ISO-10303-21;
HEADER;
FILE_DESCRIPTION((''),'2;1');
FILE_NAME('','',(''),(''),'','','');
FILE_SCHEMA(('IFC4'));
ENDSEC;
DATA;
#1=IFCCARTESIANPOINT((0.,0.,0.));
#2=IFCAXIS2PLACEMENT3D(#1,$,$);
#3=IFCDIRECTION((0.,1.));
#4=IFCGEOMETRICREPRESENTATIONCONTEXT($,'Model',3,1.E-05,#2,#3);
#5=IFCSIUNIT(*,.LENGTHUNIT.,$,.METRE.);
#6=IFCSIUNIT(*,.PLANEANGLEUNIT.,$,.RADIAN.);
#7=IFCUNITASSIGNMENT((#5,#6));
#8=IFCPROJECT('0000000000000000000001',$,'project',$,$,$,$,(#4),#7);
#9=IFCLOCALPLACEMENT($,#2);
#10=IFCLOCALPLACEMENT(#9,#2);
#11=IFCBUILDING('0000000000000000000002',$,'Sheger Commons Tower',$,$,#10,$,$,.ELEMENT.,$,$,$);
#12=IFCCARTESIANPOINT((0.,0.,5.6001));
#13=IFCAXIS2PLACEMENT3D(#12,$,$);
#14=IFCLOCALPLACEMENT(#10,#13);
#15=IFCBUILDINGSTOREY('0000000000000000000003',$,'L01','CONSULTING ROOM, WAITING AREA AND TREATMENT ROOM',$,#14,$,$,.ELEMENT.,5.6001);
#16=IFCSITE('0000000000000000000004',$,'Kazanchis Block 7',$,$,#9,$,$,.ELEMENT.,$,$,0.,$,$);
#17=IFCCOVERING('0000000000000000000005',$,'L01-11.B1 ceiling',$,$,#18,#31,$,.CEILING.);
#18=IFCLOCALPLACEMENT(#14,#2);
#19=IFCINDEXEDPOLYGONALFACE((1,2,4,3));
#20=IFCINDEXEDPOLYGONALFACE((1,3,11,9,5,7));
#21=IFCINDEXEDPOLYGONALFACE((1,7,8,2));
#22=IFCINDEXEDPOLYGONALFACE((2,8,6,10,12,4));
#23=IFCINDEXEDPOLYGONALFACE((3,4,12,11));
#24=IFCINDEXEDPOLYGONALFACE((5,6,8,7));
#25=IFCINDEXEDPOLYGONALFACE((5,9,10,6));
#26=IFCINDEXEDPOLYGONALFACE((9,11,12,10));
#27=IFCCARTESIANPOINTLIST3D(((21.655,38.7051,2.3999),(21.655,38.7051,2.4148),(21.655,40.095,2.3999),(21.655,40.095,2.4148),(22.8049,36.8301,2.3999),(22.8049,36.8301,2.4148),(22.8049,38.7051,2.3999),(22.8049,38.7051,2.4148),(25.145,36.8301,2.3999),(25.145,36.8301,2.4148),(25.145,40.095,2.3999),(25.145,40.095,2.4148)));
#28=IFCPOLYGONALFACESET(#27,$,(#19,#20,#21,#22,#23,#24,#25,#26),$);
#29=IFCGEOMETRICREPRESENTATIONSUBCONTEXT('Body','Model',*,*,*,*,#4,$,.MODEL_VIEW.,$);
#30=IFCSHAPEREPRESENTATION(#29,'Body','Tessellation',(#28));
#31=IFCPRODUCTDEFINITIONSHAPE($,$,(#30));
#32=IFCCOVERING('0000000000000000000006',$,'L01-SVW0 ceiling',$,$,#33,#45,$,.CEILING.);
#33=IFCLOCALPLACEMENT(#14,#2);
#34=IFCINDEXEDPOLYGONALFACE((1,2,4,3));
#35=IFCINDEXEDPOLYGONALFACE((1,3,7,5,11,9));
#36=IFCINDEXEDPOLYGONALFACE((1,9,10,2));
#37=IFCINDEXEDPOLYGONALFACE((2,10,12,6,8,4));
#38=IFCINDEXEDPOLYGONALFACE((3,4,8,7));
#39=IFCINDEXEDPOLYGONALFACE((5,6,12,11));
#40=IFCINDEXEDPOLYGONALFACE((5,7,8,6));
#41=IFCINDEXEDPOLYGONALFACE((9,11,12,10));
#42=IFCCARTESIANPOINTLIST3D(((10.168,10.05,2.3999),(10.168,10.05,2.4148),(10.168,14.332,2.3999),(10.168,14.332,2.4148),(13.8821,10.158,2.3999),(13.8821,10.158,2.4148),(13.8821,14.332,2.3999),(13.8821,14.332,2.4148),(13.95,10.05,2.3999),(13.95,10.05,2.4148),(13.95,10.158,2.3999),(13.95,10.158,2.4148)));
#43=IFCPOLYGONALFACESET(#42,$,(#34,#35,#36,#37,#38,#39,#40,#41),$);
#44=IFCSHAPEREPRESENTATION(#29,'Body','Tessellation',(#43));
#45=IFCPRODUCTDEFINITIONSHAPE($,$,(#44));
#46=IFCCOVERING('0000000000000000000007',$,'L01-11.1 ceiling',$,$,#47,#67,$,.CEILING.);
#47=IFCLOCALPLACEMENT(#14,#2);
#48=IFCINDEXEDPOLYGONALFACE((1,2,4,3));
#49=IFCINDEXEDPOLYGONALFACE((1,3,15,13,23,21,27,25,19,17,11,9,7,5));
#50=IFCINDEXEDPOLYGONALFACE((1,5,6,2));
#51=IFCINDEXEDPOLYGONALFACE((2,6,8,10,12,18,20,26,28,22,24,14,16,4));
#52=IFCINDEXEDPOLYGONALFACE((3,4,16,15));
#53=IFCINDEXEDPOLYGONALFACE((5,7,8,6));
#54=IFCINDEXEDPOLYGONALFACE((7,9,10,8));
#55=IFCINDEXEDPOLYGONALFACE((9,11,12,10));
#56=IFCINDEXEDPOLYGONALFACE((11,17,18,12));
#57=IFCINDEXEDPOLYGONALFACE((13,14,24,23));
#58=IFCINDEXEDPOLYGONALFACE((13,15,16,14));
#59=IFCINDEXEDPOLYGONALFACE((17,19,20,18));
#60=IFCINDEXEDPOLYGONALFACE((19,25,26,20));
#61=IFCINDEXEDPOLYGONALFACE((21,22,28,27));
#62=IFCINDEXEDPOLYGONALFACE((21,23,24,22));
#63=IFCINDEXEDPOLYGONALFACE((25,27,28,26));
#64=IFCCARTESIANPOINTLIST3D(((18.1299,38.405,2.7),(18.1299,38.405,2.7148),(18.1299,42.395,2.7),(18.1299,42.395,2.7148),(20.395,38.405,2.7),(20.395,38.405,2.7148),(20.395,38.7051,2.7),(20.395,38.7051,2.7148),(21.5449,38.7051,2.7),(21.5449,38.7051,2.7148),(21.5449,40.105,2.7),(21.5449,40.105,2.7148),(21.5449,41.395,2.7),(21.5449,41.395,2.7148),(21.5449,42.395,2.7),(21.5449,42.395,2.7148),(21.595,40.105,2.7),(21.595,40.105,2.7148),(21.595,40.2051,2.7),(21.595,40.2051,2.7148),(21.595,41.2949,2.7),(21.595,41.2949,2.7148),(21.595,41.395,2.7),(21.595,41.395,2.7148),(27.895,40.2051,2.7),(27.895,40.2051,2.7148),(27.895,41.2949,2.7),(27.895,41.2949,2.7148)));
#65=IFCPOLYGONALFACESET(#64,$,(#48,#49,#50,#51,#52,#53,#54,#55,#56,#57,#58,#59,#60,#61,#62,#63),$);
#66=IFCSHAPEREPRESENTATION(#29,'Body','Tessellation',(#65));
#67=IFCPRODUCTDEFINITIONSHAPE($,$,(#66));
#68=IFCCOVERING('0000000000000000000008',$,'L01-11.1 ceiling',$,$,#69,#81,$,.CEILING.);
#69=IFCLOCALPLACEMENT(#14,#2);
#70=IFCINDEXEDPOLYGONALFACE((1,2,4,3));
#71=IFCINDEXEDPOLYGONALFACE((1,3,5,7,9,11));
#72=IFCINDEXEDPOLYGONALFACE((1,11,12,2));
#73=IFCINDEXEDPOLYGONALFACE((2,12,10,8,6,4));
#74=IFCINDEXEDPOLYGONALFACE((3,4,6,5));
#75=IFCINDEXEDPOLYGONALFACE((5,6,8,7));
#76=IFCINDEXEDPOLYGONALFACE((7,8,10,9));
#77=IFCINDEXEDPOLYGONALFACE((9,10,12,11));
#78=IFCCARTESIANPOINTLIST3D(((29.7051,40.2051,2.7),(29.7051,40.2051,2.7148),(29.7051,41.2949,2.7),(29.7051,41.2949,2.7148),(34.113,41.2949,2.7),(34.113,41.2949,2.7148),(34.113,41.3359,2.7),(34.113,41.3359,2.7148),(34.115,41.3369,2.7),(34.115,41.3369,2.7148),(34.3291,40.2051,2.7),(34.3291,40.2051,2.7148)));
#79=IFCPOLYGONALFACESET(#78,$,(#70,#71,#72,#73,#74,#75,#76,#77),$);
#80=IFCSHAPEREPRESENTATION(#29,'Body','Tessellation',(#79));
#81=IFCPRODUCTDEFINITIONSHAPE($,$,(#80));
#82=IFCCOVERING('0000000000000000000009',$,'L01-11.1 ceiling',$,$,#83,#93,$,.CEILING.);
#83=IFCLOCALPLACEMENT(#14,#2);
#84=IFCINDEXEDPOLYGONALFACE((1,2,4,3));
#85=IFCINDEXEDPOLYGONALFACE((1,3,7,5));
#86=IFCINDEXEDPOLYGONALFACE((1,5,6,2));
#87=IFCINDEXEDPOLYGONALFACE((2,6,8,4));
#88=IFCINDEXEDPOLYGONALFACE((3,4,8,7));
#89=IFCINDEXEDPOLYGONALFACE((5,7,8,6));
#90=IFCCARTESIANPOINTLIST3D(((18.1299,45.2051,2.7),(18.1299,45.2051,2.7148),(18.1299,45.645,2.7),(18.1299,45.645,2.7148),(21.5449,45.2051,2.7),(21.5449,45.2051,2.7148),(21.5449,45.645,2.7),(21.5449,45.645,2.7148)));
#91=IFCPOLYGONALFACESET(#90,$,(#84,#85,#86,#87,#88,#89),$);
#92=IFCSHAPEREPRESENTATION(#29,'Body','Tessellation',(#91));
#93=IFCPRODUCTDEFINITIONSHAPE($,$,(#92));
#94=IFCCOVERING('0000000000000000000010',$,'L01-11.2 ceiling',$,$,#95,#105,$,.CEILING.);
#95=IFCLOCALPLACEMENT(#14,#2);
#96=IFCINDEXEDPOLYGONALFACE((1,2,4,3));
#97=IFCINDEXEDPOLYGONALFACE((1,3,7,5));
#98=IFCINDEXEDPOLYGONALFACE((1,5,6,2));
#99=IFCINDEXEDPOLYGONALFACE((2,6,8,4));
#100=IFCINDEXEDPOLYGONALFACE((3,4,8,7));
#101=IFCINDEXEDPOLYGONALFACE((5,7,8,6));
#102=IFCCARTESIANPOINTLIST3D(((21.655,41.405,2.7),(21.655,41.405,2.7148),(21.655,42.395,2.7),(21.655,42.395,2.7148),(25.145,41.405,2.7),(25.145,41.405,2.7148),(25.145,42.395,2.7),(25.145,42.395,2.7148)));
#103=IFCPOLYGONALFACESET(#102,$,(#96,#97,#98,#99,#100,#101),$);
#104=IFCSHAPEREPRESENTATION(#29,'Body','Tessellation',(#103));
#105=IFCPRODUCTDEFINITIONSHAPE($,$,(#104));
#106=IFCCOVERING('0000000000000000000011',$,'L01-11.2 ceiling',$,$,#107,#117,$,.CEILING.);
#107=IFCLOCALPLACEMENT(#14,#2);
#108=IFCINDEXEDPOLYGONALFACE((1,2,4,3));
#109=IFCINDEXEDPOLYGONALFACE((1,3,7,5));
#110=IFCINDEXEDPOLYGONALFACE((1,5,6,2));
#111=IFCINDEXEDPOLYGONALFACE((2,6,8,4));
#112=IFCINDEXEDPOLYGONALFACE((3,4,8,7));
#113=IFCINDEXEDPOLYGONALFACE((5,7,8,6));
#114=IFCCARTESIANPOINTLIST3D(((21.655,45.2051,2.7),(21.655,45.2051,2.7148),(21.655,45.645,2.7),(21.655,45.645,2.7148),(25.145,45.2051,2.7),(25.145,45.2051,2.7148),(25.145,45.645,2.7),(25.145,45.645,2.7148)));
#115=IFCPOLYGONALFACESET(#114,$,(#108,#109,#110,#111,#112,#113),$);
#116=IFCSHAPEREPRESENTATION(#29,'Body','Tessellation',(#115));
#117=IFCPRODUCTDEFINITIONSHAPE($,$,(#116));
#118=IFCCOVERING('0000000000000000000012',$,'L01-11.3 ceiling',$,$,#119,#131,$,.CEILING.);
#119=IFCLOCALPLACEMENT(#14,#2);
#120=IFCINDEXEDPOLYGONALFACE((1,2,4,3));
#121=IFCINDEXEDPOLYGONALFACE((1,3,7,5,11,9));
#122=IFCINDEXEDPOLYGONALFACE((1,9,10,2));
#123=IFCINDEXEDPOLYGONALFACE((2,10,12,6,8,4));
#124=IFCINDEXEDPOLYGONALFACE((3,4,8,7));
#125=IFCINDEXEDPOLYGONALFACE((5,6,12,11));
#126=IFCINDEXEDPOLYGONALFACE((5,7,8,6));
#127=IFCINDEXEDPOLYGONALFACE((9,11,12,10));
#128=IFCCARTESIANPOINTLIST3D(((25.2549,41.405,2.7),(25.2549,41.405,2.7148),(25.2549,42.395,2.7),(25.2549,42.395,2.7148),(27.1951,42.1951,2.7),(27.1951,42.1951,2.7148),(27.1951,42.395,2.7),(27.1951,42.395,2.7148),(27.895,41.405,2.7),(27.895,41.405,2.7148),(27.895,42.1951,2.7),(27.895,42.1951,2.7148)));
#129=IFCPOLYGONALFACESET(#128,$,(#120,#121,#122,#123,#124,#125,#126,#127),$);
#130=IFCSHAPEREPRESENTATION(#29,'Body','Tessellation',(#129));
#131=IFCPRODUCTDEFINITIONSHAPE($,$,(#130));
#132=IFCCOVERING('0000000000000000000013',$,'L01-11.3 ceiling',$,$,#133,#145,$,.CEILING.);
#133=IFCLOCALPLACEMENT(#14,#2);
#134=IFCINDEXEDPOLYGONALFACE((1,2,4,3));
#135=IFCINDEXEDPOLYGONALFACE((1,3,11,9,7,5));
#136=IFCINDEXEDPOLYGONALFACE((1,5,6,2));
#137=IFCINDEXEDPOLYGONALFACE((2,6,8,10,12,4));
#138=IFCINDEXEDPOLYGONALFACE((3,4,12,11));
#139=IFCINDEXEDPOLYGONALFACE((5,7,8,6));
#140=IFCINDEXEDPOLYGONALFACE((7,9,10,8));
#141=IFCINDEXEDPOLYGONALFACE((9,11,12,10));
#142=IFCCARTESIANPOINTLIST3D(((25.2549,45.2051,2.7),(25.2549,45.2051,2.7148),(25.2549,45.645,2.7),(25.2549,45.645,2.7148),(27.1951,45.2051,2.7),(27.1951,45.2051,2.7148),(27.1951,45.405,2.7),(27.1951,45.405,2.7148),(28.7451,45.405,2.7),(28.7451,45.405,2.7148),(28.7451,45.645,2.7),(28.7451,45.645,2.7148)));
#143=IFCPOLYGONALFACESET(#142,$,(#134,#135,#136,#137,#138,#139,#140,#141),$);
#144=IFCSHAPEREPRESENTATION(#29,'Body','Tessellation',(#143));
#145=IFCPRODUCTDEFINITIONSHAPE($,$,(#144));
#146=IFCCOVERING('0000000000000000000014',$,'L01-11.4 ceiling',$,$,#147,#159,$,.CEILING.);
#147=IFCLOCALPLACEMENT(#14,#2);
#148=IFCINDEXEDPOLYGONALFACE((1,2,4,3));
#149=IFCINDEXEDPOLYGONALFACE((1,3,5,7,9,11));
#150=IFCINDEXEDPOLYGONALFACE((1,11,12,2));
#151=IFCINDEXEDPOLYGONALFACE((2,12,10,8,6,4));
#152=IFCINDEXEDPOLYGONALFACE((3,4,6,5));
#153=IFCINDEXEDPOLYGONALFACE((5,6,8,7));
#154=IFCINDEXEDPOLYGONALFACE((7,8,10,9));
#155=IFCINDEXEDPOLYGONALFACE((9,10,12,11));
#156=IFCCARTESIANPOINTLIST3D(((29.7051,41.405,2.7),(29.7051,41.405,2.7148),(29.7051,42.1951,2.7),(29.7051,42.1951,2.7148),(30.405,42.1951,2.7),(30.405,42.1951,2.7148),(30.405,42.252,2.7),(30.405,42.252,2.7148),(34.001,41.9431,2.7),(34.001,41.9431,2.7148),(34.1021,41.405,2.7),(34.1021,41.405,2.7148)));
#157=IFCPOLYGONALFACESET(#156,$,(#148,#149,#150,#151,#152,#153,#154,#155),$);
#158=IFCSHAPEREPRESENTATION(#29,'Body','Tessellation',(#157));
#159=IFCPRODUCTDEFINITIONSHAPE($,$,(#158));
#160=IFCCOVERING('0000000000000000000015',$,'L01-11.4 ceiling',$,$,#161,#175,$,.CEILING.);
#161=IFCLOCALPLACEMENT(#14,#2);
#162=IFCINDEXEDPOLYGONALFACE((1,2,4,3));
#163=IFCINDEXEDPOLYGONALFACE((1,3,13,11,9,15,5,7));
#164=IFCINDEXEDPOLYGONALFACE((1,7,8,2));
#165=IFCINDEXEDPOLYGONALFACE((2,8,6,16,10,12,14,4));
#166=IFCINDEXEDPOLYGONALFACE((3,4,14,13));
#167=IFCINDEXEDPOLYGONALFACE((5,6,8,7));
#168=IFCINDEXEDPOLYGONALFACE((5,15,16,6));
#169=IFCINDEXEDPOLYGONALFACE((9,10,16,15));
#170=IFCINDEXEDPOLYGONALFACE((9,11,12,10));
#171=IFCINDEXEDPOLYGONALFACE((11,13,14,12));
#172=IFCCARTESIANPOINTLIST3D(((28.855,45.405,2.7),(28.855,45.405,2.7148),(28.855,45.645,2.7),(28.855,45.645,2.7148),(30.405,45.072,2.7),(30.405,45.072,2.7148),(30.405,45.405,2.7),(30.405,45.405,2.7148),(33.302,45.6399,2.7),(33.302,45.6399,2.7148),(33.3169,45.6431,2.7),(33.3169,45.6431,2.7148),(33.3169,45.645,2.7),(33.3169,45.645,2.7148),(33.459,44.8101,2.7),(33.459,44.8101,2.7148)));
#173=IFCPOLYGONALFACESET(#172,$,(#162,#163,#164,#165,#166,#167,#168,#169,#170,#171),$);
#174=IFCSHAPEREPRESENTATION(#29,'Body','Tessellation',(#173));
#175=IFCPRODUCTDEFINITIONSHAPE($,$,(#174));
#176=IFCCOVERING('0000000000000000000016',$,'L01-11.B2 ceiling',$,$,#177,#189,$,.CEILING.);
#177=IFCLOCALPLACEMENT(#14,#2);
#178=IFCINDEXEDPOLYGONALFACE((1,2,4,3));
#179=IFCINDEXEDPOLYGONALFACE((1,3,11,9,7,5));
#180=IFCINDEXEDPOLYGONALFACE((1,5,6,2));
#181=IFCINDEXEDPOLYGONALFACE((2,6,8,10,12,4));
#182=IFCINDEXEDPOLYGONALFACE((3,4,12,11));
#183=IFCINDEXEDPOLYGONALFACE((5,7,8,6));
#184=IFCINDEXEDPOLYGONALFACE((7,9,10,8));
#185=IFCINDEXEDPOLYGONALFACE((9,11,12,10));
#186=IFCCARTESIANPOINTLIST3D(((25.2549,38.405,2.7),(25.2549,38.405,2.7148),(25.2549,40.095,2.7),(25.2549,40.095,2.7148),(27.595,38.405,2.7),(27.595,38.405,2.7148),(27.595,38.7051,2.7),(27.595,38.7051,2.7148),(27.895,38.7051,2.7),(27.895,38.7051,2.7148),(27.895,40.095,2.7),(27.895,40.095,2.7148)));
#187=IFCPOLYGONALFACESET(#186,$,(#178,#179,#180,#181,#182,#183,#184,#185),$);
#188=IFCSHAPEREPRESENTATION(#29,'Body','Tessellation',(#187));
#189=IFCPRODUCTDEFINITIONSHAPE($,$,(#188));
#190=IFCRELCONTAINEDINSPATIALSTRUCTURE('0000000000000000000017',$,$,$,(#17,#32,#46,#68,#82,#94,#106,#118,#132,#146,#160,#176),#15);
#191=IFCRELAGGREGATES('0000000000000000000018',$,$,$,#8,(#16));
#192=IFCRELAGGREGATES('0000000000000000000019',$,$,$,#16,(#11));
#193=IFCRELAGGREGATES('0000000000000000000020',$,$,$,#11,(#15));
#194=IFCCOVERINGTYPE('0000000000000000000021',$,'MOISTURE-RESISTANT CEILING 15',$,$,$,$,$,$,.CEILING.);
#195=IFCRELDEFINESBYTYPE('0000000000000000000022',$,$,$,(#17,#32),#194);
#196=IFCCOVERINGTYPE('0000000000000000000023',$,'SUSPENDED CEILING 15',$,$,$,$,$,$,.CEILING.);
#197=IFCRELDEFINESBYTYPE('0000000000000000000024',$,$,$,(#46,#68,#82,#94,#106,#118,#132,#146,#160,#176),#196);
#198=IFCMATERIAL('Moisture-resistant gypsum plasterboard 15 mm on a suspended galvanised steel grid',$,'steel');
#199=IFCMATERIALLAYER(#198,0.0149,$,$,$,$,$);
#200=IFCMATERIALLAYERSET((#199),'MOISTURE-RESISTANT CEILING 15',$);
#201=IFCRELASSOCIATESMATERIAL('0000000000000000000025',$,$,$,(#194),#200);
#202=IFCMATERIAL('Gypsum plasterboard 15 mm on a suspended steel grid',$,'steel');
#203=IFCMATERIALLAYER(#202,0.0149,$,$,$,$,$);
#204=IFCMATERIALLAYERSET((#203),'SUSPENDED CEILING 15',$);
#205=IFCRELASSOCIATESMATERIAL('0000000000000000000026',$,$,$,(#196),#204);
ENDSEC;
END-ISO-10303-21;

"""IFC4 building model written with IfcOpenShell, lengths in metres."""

from ifc_helpers import new_model, si_unit, direction, frame, origin, place, context, subcontext, project, spatial, polyline, outline, extrude, material, layer, layer_set, type_object, element, save


model = new_model("IFC4")

# Units and contexts
model_context = context("Model", 3, precision=1e-05, world=origin(), true_north=direction((0.0, 1.0)))
body_context = subcontext(model_context, "Body", "Model", "MODEL_VIEW")
ifc_project = project(units=[si_unit("LENGTHUNIT", "METRE"), si_unit("PLANEANGLEUNIT", "RADIAN")], contexts=[model_context])

# Site, building, storey
site_placement = place(None, origin())
site = spatial("IfcSite", under=ifc_project, at=site_placement, Name="Kazanchis Block 7", CompositionType="ELEMENT", RefElevation=0.0)
building_placement = place(site_placement, origin())
building = spatial("IfcBuilding", under=site, at=building_placement, Name="Sheger Commons Tower", CompositionType="ELEMENT")
storey_placement = place(building_placement, frame((0.0, 0.0, 5.6001)))
storey = spatial("IfcBuildingStorey", under=building, at=storey_placement, Name="L01", Description="CONSULTING ROOM, WAITING AREA AND TREATMENT ROOM", CompositionType="ELEMENT", Elevation=5.6001)

# Coverings
ifc_material_1 = material(Name="Moisture-resistant gypsum plasterboard 15 mm on a suspended galvanised steel grid", Category="steel")
ifc_layer_1 = layer(ifc_material_1, 0.0149)
ifc_layer_set_1 = layer_set([ifc_layer_1], Name="MOISTURE-RESISTANT CEILING 15")
covering_type_1 = type_object("IfcCoveringType", Name="MOISTURE-RESISTANT CEILING 15", PredefinedType="CEILING", material=ifc_layer_set_1)
covering_1_placement = place(storey_placement, frame((0.0, 0.0, 2.3999)))
element("IfcCovering", 1, at=covering_1_placement, inside=storey, type_object=covering_type_1, Name="L01-11.B1 ceiling", PredefinedType="CEILING", context=body_context, shape_type="SweptSolid", body=[
    extrude(outline(polyline([(22.8049, 36.8301), (25.145, 36.8301), (25.145, 40.095), (21.655, 40.095), (21.655, 38.7051), (22.8049, 38.7051), (22.8049, 36.8301)])), origin(), (0.0, 0.0, 1.0), 0.0149),
])
covering_2_placement = place(storey_placement, frame((0.0, 0.0, 2.3999)))
element("IfcCovering", 2, at=covering_2_placement, inside=storey, type_object=covering_type_1, Name="L01-SVW0 ceiling", PredefinedType="CEILING", context=body_context, shape_type="SweptSolid", body=[
    extrude(outline(polyline([(10.168, 10.05), (13.95, 10.05), (13.95, 10.158), (13.8821, 10.158), (13.8821, 14.332), (10.168, 14.332), (10.168, 10.05)])), origin(), (0.0, 0.0, 1.0), 0.0149),
])
ifc_material_2 = material(Name="Gypsum plasterboard 15 mm on a suspended steel grid", Category="steel")
ifc_layer_2 = layer(ifc_material_2, 0.0149)
ifc_layer_set_2 = layer_set([ifc_layer_2], Name="SUSPENDED CEILING 15")
covering_type_2 = type_object("IfcCoveringType", Name="SUSPENDED CEILING 15", PredefinedType="CEILING", material=ifc_layer_set_2)
covering_3_placement = place(storey_placement, frame((0.0, 0.0, 2.7)))
element("IfcCovering", 3, at=covering_3_placement, inside=storey, type_object=covering_type_2, Name="L01-11.1 ceiling", PredefinedType="CEILING", context=body_context, shape_type="SweptSolid", body=[
    extrude(outline(polyline([(18.1299, 38.405), (20.395, 38.405), (20.395, 38.7051), (21.5449, 38.7051), (21.5449, 40.105), (21.595, 40.105), (21.595, 40.2051), (27.895, 40.2051), (27.895, 41.2949), (21.595, 41.2949), (21.595, 41.395), (21.5449, 41.395), (21.5449, 42.395), (18.1299, 42.395), (18.1299, 38.405)])), origin(), (0.0, 0.0, 1.0), 0.0149),
])
covering_4_placement = place(storey_placement, frame((0.0, 0.0, 2.7)))
element("IfcCovering", 4, at=covering_4_placement, inside=storey, type_object=covering_type_2, Name="L01-11.1 ceiling", PredefinedType="CEILING", context=body_context, shape_type="SweptSolid", body=[
    extrude(outline(polyline([(29.7051, 40.2051), (34.3291, 40.2051), (34.115, 41.3369), (34.113, 41.3359), (34.113, 41.2949), (29.7051, 41.2949), (29.7051, 40.2051)])), origin(), (0.0, 0.0, 1.0), 0.0149),
])
covering_5_placement = place(storey_placement, frame((0.0, 0.0, 2.7)))
element("IfcCovering", 5, at=covering_5_placement, inside=storey, type_object=covering_type_2, Name="L01-11.1 ceiling", PredefinedType="CEILING", context=body_context, shape_type="SweptSolid", body=[
    extrude(outline(polyline([(18.1299, 45.2051), (21.5449, 45.2051), (21.5449, 45.645), (18.1299, 45.645), (18.1299, 45.2051)])), origin(), (0.0, 0.0, 1.0), 0.0149),
])
covering_6_placement = place(storey_placement, frame((0.0, 0.0, 2.7)))
element("IfcCovering", 6, at=covering_6_placement, inside=storey, type_object=covering_type_2, Name="L01-11.2 ceiling", PredefinedType="CEILING", context=body_context, shape_type="SweptSolid", body=[
    extrude(outline(polyline([(21.655, 41.405), (25.145, 41.405), (25.145, 42.395), (21.655, 42.395), (21.655, 41.405)])), origin(), (0.0, 0.0, 1.0), 0.0149),
])
covering_7_placement = place(storey_placement, frame((0.0, 0.0, 2.7)))
element("IfcCovering", 7, at=covering_7_placement, inside=storey, type_object=covering_type_2, Name="L01-11.2 ceiling", PredefinedType="CEILING", context=body_context, shape_type="SweptSolid", body=[
    extrude(outline(polyline([(21.655, 45.2051), (25.145, 45.2051), (25.145, 45.645), (21.655, 45.645), (21.655, 45.2051)])), origin(), (0.0, 0.0, 1.0), 0.0149),
])
covering_8_placement = place(storey_placement, frame((0.0, 0.0, 2.7)))
element("IfcCovering", 8, at=covering_8_placement, inside=storey, type_object=covering_type_2, Name="L01-11.3 ceiling", PredefinedType="CEILING", context=body_context, shape_type="SweptSolid", body=[
    extrude(outline(polyline([(25.2549, 41.405), (27.895, 41.405), (27.895, 42.1951), (27.1951, 42.1951), (27.1951, 42.395), (25.2549, 42.395), (25.2549, 41.405)])), origin(), (0.0, 0.0, 1.0), 0.0149),
])
covering_9_placement = place(storey_placement, frame((0.0, 0.0, 2.7)))
element("IfcCovering", 9, at=covering_9_placement, inside=storey, type_object=covering_type_2, Name="L01-11.3 ceiling", PredefinedType="CEILING", context=body_context, shape_type="SweptSolid", body=[
    extrude(outline(polyline([(25.2549, 45.2051), (27.1951, 45.2051), (27.1951, 45.405), (28.7451, 45.405), (28.7451, 45.645), (25.2549, 45.645), (25.2549, 45.2051)])), origin(), (0.0, 0.0, 1.0), 0.0149),
])
covering_10_placement = place(storey_placement, frame((0.0, 0.0, 2.7)))
element("IfcCovering", 10, at=covering_10_placement, inside=storey, type_object=covering_type_2, Name="L01-11.4 ceiling", PredefinedType="CEILING", context=body_context, shape_type="SweptSolid", body=[
    extrude(outline(polyline([(29.7051, 41.405), (34.1021, 41.405), (34.001, 41.9431), (30.405, 42.252), (30.405, 42.1951), (29.7051, 42.1951), (29.7051, 41.405)])), origin(), (0.0, 0.0, 1.0), 0.0149),
])
covering_11_placement = place(storey_placement, frame((0.0, 0.0, 2.7)))
element("IfcCovering", 11, at=covering_11_placement, inside=storey, type_object=covering_type_2, Name="L01-11.4 ceiling", PredefinedType="CEILING", context=body_context, shape_type="SweptSolid", body=[
    extrude(outline(polyline([(33.459, 44.8101), (33.302, 45.6399), (33.3169, 45.6431), (33.3169, 45.645), (28.855, 45.645), (28.855, 45.405), (30.405, 45.405), (30.405, 45.072), (33.459, 44.8101)])), origin(), (0.0, 0.0, 1.0), 0.0149),
])
covering_12_placement = place(storey_placement, frame((0.0, 0.0, 2.7)))
element("IfcCovering", 12, at=covering_12_placement, inside=storey, type_object=covering_type_2, Name="L01-11.B2 ceiling", PredefinedType="CEILING", context=body_context, shape_type="SweptSolid", body=[
    extrude(outline(polyline([(25.2549, 38.405), (27.595, 38.405), (27.595, 38.7051), (27.895, 38.7051), (27.895, 40.095), (25.2549, 40.095), (25.2549, 38.405)])), origin(), (0.0, 0.0, 1.0), 0.0149),
])

save(model, "model.ifc")
